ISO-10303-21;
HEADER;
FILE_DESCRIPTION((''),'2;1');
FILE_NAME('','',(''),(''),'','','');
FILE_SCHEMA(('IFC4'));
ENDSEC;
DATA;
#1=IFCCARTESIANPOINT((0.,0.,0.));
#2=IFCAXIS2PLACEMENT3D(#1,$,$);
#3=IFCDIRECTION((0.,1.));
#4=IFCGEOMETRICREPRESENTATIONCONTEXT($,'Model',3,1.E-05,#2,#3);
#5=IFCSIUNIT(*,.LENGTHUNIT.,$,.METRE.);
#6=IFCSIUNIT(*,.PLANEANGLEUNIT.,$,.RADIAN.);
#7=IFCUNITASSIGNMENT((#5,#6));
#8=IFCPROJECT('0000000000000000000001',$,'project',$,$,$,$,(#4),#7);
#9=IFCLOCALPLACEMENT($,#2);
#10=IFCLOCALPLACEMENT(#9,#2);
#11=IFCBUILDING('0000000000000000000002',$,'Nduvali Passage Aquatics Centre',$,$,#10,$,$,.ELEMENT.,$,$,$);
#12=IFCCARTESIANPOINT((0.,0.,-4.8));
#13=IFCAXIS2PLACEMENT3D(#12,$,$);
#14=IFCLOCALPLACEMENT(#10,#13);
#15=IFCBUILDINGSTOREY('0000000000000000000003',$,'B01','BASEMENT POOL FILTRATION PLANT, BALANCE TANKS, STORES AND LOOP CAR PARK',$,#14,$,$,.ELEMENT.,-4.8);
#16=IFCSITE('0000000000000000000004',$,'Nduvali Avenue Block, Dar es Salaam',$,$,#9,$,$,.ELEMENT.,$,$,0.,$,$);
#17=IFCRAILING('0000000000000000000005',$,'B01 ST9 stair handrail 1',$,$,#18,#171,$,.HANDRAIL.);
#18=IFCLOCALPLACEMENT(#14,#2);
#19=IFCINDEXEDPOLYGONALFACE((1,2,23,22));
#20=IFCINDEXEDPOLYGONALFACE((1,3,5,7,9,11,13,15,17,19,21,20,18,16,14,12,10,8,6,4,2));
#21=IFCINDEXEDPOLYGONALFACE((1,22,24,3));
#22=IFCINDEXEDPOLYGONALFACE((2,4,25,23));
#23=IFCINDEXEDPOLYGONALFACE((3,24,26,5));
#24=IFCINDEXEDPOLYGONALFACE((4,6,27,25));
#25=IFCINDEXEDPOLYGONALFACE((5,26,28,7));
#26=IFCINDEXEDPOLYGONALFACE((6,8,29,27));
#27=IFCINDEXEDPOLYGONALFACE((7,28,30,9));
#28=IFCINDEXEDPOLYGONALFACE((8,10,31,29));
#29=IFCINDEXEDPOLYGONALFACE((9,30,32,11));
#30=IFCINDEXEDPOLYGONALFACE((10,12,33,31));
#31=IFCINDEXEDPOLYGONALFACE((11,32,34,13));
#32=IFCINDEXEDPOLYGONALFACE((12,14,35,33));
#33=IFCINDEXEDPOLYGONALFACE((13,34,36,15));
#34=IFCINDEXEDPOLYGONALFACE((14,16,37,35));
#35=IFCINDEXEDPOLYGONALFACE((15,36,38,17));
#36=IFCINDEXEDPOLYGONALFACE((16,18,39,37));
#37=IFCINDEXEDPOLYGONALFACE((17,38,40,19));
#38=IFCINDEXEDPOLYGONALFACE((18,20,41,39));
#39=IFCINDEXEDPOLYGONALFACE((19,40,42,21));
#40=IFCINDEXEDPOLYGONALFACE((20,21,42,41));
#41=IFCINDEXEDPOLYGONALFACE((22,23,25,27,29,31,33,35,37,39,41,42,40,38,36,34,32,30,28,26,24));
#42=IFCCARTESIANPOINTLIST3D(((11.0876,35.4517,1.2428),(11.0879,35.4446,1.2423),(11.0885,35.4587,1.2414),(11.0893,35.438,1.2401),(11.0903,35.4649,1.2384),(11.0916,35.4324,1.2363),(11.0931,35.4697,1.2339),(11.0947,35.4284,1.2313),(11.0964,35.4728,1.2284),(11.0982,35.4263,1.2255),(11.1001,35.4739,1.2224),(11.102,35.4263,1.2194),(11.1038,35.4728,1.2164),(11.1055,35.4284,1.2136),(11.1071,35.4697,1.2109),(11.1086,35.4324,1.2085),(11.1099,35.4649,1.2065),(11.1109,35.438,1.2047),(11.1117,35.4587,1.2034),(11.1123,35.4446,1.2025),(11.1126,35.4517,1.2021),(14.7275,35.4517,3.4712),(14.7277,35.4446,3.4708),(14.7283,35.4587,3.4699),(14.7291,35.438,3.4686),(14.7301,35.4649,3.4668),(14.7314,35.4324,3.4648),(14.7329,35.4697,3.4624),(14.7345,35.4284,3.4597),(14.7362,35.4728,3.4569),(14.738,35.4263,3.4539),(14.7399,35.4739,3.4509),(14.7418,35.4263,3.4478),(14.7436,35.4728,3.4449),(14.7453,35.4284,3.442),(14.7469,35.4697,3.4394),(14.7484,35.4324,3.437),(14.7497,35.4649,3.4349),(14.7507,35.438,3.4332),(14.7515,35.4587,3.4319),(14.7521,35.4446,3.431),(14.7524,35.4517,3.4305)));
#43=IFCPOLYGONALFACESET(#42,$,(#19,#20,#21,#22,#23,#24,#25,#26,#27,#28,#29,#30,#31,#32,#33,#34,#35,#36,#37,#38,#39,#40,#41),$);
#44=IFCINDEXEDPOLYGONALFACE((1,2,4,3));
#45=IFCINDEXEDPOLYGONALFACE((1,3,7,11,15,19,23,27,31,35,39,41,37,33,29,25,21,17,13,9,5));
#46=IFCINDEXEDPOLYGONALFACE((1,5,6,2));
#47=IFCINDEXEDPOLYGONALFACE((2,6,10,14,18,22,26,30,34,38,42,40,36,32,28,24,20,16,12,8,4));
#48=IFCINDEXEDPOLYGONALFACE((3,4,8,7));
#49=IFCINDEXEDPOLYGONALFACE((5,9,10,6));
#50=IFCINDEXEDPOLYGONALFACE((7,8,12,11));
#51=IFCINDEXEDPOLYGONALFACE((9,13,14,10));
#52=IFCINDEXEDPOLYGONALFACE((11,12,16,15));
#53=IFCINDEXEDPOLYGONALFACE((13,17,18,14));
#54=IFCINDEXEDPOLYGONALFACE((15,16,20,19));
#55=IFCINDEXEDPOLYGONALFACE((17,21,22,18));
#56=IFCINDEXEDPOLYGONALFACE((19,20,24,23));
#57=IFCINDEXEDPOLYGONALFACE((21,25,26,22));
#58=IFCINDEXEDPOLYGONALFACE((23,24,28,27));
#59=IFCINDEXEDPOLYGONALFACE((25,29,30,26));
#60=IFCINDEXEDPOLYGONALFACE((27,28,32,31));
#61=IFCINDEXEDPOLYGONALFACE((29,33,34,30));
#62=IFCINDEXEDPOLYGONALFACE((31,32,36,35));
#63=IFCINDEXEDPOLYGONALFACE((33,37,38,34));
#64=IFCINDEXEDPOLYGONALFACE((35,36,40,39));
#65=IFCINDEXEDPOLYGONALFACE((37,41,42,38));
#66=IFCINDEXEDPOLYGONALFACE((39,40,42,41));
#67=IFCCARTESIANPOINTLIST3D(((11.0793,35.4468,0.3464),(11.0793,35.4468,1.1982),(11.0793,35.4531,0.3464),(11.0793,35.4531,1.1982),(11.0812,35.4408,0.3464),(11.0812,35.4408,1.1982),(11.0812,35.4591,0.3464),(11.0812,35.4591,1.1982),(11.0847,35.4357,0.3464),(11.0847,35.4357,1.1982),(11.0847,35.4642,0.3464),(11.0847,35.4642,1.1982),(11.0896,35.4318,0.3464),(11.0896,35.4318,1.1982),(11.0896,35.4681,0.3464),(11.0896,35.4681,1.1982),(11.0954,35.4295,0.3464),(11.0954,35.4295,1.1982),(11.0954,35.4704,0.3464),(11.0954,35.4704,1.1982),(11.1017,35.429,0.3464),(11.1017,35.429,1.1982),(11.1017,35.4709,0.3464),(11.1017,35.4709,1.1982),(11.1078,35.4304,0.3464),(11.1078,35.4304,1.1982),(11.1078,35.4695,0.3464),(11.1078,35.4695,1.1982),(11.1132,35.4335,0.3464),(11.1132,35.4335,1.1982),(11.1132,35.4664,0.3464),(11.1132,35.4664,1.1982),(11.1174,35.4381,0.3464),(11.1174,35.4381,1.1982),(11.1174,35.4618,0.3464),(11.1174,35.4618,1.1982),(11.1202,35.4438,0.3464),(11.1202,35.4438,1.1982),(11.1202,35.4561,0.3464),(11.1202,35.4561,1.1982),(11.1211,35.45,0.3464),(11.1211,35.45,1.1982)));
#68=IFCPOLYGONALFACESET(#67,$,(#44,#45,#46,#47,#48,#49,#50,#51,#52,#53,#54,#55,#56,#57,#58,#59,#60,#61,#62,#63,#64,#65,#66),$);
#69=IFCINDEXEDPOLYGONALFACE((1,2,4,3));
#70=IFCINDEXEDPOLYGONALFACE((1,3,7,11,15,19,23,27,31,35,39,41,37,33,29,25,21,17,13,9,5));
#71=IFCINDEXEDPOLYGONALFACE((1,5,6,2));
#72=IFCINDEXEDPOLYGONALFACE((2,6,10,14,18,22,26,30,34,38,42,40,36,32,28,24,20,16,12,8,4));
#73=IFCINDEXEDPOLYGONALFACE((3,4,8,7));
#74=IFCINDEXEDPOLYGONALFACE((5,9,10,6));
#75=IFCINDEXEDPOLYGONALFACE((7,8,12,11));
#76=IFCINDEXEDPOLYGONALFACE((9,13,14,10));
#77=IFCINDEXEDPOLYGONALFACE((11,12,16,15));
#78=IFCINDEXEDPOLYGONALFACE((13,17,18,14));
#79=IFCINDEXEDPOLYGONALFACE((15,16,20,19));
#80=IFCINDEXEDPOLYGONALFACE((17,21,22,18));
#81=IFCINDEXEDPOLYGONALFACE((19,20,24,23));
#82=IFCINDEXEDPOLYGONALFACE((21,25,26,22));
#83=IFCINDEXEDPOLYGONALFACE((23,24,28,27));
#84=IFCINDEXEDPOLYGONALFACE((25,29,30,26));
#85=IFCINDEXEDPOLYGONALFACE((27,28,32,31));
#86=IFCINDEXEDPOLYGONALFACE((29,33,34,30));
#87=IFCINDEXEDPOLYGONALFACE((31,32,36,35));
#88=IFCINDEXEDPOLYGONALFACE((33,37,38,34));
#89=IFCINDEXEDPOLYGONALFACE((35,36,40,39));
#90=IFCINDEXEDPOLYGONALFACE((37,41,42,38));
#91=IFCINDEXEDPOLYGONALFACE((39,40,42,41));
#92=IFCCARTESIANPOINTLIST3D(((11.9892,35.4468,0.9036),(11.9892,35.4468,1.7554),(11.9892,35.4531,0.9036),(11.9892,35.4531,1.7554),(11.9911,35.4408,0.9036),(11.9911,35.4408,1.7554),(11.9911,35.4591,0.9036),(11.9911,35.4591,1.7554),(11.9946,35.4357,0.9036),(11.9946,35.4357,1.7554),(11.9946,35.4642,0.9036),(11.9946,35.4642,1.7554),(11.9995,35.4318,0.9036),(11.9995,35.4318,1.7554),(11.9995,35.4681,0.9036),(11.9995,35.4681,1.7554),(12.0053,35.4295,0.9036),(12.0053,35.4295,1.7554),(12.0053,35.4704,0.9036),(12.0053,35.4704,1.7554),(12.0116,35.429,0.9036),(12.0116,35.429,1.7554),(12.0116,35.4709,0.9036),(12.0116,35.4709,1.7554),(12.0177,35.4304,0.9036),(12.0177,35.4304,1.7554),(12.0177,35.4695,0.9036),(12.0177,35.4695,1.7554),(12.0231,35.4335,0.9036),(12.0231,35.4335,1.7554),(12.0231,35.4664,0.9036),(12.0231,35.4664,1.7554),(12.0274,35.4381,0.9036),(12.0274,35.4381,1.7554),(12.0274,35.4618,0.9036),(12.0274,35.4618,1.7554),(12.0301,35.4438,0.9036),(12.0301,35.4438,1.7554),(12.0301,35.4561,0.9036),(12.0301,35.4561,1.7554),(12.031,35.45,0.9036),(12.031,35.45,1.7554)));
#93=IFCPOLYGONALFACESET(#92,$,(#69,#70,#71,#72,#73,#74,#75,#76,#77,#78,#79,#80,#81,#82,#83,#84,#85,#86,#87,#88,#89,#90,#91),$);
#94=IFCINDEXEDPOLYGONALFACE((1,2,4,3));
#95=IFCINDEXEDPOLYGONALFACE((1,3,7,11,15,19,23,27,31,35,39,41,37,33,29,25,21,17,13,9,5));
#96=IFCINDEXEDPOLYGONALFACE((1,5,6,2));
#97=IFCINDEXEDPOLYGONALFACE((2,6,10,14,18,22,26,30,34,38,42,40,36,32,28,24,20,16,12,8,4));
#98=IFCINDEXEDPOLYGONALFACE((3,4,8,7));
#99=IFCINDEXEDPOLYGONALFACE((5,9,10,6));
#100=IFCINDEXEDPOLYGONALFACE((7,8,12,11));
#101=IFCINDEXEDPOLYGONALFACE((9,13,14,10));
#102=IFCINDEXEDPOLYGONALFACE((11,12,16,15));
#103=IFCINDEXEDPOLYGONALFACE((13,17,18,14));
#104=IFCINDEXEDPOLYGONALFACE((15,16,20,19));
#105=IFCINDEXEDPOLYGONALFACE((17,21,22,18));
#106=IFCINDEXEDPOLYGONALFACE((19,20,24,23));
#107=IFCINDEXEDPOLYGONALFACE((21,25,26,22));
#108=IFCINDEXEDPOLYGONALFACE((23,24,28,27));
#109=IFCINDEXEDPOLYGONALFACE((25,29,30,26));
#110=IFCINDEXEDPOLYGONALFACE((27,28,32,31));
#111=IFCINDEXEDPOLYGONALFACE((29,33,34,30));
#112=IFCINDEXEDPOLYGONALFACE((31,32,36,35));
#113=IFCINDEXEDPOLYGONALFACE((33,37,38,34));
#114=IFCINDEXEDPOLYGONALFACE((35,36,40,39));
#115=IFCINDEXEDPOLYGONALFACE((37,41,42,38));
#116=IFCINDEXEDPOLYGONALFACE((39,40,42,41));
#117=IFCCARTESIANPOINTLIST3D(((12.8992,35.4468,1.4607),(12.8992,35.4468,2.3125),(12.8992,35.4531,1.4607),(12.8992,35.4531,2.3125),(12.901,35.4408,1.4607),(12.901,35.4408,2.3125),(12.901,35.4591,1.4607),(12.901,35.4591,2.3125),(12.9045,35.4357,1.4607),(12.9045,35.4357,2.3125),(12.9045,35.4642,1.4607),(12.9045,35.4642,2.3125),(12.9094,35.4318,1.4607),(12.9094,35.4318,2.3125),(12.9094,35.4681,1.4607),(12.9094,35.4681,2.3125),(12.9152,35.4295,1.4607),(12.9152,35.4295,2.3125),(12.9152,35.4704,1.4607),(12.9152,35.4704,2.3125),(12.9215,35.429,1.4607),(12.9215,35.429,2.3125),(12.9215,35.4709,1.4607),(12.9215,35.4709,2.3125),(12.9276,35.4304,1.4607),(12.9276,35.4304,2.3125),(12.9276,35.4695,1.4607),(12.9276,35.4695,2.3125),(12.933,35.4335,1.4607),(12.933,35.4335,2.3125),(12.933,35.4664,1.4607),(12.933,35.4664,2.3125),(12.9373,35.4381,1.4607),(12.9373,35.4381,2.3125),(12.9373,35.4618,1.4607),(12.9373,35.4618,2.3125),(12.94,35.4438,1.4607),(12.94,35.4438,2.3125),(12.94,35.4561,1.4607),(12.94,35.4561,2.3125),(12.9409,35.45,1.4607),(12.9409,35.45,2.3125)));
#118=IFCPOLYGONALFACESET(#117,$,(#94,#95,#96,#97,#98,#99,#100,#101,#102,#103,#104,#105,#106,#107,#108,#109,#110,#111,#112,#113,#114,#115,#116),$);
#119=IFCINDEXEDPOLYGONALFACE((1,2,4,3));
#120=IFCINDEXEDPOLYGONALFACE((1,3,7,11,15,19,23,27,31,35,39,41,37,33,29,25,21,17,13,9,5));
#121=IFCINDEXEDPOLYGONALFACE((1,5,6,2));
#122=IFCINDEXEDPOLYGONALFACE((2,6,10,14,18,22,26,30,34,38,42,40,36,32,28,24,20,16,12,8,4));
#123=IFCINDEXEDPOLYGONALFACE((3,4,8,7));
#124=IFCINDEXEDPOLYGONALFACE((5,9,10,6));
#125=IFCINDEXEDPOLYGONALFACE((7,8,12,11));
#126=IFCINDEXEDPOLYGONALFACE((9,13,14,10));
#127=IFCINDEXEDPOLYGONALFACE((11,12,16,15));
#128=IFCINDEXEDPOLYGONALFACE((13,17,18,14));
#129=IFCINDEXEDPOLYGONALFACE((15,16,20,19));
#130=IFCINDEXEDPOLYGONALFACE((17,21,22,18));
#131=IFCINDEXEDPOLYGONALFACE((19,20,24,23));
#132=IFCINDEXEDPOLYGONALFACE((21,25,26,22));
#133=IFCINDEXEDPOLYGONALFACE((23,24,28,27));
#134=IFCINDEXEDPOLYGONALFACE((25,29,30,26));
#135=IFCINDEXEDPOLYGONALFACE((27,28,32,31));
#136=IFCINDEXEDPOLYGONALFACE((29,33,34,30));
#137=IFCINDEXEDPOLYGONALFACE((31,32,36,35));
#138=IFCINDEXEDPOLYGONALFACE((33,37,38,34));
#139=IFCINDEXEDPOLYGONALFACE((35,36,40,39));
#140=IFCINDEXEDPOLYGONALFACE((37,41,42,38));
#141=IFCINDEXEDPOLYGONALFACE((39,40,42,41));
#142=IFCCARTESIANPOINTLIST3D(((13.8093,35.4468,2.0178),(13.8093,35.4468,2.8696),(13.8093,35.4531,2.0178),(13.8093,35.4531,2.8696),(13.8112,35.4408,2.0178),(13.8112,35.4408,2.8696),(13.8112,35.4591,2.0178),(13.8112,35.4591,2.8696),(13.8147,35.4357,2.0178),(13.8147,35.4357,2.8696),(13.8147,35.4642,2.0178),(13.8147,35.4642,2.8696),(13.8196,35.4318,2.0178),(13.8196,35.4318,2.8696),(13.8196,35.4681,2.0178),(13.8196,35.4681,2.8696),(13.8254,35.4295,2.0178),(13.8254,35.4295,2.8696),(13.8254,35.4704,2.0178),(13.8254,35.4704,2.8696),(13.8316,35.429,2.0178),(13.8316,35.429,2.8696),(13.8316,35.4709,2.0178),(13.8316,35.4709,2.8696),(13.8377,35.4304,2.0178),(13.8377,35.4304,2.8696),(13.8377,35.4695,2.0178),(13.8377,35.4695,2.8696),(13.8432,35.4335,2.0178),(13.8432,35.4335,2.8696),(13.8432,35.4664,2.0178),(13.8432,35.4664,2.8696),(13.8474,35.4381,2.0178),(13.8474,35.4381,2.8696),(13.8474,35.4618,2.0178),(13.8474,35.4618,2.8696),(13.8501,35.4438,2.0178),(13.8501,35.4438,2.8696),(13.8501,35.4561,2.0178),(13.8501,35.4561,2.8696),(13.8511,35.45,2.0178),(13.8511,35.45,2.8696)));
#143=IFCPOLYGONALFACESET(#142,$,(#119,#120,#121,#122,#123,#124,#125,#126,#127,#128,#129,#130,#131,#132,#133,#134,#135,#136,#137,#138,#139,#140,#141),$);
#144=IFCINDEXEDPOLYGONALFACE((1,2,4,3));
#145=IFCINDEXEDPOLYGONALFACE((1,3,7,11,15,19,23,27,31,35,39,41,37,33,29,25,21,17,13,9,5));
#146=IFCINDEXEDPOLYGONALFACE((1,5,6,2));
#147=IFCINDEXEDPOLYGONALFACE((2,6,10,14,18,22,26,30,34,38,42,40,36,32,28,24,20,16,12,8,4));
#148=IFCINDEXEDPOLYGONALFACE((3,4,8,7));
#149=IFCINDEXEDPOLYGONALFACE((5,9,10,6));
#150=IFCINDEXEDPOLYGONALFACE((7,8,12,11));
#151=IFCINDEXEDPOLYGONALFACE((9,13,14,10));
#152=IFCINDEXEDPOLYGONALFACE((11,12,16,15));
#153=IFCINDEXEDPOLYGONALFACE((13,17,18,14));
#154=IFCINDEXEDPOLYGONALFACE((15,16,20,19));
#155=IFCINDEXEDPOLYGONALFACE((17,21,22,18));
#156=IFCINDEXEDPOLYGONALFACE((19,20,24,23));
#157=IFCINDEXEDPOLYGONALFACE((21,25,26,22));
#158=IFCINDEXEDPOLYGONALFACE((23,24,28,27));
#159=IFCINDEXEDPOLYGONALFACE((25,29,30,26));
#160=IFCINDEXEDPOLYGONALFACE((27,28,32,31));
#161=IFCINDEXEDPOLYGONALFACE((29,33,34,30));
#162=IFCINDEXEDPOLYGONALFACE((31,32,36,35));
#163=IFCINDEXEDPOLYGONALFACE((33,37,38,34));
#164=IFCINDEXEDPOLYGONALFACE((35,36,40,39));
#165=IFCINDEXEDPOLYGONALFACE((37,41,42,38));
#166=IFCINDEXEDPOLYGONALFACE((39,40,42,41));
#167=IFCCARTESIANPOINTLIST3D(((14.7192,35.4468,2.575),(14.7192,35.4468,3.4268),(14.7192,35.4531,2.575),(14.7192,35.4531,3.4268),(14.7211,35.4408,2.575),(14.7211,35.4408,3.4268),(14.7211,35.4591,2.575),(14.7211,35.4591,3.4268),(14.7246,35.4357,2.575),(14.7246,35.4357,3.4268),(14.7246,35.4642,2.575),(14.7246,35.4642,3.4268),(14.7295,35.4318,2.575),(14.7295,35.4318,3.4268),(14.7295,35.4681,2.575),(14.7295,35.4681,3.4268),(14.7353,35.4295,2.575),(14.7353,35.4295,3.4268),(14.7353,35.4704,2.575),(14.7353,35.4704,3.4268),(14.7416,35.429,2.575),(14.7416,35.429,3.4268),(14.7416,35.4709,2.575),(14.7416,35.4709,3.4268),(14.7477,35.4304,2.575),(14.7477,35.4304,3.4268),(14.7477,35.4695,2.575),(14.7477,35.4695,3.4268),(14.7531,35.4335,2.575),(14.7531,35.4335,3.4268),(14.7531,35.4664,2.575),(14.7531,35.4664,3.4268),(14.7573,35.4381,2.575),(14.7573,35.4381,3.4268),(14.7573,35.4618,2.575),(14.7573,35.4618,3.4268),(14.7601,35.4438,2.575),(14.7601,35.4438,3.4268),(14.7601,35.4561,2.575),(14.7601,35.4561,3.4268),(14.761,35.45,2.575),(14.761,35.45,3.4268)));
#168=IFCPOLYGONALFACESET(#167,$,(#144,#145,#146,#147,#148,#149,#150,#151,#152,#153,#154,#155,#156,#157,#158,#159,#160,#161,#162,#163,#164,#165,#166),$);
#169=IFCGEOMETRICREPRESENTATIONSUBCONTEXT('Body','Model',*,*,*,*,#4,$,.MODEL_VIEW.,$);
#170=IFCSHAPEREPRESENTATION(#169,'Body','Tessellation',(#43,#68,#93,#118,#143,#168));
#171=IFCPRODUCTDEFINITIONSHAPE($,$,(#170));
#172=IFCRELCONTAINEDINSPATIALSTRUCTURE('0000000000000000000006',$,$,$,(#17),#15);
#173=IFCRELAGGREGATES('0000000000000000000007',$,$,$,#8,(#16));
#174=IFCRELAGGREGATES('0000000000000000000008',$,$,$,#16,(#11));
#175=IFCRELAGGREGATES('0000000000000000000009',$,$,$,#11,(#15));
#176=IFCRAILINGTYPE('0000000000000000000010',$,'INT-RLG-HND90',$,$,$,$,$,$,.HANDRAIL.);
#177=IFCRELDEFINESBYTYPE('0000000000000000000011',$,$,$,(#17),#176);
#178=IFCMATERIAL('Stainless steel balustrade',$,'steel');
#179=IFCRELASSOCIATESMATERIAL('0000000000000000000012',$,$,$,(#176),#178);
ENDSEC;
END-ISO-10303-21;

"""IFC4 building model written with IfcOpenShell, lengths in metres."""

from ifc_helpers import new_model, si_unit, direction, frame, origin, origin_2d, place, context, subcontext, project, spatial, circle, extrude, material, type_object, element, save


model = new_model("IFC4")

# Units and contexts
model_context = context("Model", 3, precision=1e-05, world=origin(), true_north=direction((0.0, 1.0)))
body_context = subcontext(model_context, "Body", "Model", "MODEL_VIEW")
ifc_project = project(units=[si_unit("LENGTHUNIT", "METRE"), si_unit("PLANEANGLEUNIT", "RADIAN")], contexts=[model_context])

# Site, building, storey
site_placement = place(None, origin())
site = spatial("IfcSite", under=ifc_project, at=site_placement, Name="Nduvali Avenue Block, Dar es Salaam", CompositionType="ELEMENT", RefElevation=0.0)
building_placement = place(site_placement, origin())
building = spatial("IfcBuilding", under=site, at=building_placement, Name="Nduvali Passage Aquatics Centre", CompositionType="ELEMENT")
storey_placement = place(building_placement, frame((0.0, 0.0, -4.8)))
storey = spatial("IfcBuildingStorey", under=building, at=storey_placement, Name="B01", Description="BASEMENT POOL FILTRATION PLANT, BALANCE TANKS, STORES AND LOOP CAR PARK", CompositionType="ELEMENT", Elevation=-4.8)

# Railing
ifc_material_1 = material(Name="Stainless steel balustrade", Category="steel")
railing_type = type_object("IfcRailingType", Name="INT-RLG-HND90", PredefinedType="HANDRAIL", material=ifc_material_1)
railing_placement = place(storey_placement, frame((11.1001, 35.45, 0.3464)))
element("IfcRailing", 1, at=railing_placement, inside=storey, type_object=railing_type, Name="B01 ST9 stair handrail 1", PredefinedType="HANDRAIL", context=body_context, shape_type="SweptSolid", body=[
    extrude(circle(Radius=0.0239, at=origin_2d()), frame((0.0, 0.0, 0.876), z_axis=(0.85285, 0.0, 0.522156), x_axis=(0.0, 1.0, 0.0)), (0.0, 0.0, 1.0), 4.2678),
    extrude(circle(Radius=0.021, at=origin_2d()), origin(), (0.0, 0.0, 1.0), 0.8518),
    extrude(circle(Radius=0.021, at=origin_2d()), frame((0.9099, 0.0, 0.5571)), (0.0, 0.0, 1.0), 0.8518),
    extrude(circle(Radius=0.021, at=origin_2d()), frame((1.8198, 0.0, 1.1143)), (0.0, 0.0, 1.0), 0.8518),
    extrude(circle(Radius=0.021, at=origin_2d()), frame((2.73, 0.0, 1.6714)), (0.0, 0.0, 1.0), 0.8518),
    extrude(circle(Radius=0.021, at=origin_2d()), frame((3.6399, 0.0, 2.2285)), (0.0, 0.0, 1.0), 0.8518),
])

save(model, "model.ifc")
